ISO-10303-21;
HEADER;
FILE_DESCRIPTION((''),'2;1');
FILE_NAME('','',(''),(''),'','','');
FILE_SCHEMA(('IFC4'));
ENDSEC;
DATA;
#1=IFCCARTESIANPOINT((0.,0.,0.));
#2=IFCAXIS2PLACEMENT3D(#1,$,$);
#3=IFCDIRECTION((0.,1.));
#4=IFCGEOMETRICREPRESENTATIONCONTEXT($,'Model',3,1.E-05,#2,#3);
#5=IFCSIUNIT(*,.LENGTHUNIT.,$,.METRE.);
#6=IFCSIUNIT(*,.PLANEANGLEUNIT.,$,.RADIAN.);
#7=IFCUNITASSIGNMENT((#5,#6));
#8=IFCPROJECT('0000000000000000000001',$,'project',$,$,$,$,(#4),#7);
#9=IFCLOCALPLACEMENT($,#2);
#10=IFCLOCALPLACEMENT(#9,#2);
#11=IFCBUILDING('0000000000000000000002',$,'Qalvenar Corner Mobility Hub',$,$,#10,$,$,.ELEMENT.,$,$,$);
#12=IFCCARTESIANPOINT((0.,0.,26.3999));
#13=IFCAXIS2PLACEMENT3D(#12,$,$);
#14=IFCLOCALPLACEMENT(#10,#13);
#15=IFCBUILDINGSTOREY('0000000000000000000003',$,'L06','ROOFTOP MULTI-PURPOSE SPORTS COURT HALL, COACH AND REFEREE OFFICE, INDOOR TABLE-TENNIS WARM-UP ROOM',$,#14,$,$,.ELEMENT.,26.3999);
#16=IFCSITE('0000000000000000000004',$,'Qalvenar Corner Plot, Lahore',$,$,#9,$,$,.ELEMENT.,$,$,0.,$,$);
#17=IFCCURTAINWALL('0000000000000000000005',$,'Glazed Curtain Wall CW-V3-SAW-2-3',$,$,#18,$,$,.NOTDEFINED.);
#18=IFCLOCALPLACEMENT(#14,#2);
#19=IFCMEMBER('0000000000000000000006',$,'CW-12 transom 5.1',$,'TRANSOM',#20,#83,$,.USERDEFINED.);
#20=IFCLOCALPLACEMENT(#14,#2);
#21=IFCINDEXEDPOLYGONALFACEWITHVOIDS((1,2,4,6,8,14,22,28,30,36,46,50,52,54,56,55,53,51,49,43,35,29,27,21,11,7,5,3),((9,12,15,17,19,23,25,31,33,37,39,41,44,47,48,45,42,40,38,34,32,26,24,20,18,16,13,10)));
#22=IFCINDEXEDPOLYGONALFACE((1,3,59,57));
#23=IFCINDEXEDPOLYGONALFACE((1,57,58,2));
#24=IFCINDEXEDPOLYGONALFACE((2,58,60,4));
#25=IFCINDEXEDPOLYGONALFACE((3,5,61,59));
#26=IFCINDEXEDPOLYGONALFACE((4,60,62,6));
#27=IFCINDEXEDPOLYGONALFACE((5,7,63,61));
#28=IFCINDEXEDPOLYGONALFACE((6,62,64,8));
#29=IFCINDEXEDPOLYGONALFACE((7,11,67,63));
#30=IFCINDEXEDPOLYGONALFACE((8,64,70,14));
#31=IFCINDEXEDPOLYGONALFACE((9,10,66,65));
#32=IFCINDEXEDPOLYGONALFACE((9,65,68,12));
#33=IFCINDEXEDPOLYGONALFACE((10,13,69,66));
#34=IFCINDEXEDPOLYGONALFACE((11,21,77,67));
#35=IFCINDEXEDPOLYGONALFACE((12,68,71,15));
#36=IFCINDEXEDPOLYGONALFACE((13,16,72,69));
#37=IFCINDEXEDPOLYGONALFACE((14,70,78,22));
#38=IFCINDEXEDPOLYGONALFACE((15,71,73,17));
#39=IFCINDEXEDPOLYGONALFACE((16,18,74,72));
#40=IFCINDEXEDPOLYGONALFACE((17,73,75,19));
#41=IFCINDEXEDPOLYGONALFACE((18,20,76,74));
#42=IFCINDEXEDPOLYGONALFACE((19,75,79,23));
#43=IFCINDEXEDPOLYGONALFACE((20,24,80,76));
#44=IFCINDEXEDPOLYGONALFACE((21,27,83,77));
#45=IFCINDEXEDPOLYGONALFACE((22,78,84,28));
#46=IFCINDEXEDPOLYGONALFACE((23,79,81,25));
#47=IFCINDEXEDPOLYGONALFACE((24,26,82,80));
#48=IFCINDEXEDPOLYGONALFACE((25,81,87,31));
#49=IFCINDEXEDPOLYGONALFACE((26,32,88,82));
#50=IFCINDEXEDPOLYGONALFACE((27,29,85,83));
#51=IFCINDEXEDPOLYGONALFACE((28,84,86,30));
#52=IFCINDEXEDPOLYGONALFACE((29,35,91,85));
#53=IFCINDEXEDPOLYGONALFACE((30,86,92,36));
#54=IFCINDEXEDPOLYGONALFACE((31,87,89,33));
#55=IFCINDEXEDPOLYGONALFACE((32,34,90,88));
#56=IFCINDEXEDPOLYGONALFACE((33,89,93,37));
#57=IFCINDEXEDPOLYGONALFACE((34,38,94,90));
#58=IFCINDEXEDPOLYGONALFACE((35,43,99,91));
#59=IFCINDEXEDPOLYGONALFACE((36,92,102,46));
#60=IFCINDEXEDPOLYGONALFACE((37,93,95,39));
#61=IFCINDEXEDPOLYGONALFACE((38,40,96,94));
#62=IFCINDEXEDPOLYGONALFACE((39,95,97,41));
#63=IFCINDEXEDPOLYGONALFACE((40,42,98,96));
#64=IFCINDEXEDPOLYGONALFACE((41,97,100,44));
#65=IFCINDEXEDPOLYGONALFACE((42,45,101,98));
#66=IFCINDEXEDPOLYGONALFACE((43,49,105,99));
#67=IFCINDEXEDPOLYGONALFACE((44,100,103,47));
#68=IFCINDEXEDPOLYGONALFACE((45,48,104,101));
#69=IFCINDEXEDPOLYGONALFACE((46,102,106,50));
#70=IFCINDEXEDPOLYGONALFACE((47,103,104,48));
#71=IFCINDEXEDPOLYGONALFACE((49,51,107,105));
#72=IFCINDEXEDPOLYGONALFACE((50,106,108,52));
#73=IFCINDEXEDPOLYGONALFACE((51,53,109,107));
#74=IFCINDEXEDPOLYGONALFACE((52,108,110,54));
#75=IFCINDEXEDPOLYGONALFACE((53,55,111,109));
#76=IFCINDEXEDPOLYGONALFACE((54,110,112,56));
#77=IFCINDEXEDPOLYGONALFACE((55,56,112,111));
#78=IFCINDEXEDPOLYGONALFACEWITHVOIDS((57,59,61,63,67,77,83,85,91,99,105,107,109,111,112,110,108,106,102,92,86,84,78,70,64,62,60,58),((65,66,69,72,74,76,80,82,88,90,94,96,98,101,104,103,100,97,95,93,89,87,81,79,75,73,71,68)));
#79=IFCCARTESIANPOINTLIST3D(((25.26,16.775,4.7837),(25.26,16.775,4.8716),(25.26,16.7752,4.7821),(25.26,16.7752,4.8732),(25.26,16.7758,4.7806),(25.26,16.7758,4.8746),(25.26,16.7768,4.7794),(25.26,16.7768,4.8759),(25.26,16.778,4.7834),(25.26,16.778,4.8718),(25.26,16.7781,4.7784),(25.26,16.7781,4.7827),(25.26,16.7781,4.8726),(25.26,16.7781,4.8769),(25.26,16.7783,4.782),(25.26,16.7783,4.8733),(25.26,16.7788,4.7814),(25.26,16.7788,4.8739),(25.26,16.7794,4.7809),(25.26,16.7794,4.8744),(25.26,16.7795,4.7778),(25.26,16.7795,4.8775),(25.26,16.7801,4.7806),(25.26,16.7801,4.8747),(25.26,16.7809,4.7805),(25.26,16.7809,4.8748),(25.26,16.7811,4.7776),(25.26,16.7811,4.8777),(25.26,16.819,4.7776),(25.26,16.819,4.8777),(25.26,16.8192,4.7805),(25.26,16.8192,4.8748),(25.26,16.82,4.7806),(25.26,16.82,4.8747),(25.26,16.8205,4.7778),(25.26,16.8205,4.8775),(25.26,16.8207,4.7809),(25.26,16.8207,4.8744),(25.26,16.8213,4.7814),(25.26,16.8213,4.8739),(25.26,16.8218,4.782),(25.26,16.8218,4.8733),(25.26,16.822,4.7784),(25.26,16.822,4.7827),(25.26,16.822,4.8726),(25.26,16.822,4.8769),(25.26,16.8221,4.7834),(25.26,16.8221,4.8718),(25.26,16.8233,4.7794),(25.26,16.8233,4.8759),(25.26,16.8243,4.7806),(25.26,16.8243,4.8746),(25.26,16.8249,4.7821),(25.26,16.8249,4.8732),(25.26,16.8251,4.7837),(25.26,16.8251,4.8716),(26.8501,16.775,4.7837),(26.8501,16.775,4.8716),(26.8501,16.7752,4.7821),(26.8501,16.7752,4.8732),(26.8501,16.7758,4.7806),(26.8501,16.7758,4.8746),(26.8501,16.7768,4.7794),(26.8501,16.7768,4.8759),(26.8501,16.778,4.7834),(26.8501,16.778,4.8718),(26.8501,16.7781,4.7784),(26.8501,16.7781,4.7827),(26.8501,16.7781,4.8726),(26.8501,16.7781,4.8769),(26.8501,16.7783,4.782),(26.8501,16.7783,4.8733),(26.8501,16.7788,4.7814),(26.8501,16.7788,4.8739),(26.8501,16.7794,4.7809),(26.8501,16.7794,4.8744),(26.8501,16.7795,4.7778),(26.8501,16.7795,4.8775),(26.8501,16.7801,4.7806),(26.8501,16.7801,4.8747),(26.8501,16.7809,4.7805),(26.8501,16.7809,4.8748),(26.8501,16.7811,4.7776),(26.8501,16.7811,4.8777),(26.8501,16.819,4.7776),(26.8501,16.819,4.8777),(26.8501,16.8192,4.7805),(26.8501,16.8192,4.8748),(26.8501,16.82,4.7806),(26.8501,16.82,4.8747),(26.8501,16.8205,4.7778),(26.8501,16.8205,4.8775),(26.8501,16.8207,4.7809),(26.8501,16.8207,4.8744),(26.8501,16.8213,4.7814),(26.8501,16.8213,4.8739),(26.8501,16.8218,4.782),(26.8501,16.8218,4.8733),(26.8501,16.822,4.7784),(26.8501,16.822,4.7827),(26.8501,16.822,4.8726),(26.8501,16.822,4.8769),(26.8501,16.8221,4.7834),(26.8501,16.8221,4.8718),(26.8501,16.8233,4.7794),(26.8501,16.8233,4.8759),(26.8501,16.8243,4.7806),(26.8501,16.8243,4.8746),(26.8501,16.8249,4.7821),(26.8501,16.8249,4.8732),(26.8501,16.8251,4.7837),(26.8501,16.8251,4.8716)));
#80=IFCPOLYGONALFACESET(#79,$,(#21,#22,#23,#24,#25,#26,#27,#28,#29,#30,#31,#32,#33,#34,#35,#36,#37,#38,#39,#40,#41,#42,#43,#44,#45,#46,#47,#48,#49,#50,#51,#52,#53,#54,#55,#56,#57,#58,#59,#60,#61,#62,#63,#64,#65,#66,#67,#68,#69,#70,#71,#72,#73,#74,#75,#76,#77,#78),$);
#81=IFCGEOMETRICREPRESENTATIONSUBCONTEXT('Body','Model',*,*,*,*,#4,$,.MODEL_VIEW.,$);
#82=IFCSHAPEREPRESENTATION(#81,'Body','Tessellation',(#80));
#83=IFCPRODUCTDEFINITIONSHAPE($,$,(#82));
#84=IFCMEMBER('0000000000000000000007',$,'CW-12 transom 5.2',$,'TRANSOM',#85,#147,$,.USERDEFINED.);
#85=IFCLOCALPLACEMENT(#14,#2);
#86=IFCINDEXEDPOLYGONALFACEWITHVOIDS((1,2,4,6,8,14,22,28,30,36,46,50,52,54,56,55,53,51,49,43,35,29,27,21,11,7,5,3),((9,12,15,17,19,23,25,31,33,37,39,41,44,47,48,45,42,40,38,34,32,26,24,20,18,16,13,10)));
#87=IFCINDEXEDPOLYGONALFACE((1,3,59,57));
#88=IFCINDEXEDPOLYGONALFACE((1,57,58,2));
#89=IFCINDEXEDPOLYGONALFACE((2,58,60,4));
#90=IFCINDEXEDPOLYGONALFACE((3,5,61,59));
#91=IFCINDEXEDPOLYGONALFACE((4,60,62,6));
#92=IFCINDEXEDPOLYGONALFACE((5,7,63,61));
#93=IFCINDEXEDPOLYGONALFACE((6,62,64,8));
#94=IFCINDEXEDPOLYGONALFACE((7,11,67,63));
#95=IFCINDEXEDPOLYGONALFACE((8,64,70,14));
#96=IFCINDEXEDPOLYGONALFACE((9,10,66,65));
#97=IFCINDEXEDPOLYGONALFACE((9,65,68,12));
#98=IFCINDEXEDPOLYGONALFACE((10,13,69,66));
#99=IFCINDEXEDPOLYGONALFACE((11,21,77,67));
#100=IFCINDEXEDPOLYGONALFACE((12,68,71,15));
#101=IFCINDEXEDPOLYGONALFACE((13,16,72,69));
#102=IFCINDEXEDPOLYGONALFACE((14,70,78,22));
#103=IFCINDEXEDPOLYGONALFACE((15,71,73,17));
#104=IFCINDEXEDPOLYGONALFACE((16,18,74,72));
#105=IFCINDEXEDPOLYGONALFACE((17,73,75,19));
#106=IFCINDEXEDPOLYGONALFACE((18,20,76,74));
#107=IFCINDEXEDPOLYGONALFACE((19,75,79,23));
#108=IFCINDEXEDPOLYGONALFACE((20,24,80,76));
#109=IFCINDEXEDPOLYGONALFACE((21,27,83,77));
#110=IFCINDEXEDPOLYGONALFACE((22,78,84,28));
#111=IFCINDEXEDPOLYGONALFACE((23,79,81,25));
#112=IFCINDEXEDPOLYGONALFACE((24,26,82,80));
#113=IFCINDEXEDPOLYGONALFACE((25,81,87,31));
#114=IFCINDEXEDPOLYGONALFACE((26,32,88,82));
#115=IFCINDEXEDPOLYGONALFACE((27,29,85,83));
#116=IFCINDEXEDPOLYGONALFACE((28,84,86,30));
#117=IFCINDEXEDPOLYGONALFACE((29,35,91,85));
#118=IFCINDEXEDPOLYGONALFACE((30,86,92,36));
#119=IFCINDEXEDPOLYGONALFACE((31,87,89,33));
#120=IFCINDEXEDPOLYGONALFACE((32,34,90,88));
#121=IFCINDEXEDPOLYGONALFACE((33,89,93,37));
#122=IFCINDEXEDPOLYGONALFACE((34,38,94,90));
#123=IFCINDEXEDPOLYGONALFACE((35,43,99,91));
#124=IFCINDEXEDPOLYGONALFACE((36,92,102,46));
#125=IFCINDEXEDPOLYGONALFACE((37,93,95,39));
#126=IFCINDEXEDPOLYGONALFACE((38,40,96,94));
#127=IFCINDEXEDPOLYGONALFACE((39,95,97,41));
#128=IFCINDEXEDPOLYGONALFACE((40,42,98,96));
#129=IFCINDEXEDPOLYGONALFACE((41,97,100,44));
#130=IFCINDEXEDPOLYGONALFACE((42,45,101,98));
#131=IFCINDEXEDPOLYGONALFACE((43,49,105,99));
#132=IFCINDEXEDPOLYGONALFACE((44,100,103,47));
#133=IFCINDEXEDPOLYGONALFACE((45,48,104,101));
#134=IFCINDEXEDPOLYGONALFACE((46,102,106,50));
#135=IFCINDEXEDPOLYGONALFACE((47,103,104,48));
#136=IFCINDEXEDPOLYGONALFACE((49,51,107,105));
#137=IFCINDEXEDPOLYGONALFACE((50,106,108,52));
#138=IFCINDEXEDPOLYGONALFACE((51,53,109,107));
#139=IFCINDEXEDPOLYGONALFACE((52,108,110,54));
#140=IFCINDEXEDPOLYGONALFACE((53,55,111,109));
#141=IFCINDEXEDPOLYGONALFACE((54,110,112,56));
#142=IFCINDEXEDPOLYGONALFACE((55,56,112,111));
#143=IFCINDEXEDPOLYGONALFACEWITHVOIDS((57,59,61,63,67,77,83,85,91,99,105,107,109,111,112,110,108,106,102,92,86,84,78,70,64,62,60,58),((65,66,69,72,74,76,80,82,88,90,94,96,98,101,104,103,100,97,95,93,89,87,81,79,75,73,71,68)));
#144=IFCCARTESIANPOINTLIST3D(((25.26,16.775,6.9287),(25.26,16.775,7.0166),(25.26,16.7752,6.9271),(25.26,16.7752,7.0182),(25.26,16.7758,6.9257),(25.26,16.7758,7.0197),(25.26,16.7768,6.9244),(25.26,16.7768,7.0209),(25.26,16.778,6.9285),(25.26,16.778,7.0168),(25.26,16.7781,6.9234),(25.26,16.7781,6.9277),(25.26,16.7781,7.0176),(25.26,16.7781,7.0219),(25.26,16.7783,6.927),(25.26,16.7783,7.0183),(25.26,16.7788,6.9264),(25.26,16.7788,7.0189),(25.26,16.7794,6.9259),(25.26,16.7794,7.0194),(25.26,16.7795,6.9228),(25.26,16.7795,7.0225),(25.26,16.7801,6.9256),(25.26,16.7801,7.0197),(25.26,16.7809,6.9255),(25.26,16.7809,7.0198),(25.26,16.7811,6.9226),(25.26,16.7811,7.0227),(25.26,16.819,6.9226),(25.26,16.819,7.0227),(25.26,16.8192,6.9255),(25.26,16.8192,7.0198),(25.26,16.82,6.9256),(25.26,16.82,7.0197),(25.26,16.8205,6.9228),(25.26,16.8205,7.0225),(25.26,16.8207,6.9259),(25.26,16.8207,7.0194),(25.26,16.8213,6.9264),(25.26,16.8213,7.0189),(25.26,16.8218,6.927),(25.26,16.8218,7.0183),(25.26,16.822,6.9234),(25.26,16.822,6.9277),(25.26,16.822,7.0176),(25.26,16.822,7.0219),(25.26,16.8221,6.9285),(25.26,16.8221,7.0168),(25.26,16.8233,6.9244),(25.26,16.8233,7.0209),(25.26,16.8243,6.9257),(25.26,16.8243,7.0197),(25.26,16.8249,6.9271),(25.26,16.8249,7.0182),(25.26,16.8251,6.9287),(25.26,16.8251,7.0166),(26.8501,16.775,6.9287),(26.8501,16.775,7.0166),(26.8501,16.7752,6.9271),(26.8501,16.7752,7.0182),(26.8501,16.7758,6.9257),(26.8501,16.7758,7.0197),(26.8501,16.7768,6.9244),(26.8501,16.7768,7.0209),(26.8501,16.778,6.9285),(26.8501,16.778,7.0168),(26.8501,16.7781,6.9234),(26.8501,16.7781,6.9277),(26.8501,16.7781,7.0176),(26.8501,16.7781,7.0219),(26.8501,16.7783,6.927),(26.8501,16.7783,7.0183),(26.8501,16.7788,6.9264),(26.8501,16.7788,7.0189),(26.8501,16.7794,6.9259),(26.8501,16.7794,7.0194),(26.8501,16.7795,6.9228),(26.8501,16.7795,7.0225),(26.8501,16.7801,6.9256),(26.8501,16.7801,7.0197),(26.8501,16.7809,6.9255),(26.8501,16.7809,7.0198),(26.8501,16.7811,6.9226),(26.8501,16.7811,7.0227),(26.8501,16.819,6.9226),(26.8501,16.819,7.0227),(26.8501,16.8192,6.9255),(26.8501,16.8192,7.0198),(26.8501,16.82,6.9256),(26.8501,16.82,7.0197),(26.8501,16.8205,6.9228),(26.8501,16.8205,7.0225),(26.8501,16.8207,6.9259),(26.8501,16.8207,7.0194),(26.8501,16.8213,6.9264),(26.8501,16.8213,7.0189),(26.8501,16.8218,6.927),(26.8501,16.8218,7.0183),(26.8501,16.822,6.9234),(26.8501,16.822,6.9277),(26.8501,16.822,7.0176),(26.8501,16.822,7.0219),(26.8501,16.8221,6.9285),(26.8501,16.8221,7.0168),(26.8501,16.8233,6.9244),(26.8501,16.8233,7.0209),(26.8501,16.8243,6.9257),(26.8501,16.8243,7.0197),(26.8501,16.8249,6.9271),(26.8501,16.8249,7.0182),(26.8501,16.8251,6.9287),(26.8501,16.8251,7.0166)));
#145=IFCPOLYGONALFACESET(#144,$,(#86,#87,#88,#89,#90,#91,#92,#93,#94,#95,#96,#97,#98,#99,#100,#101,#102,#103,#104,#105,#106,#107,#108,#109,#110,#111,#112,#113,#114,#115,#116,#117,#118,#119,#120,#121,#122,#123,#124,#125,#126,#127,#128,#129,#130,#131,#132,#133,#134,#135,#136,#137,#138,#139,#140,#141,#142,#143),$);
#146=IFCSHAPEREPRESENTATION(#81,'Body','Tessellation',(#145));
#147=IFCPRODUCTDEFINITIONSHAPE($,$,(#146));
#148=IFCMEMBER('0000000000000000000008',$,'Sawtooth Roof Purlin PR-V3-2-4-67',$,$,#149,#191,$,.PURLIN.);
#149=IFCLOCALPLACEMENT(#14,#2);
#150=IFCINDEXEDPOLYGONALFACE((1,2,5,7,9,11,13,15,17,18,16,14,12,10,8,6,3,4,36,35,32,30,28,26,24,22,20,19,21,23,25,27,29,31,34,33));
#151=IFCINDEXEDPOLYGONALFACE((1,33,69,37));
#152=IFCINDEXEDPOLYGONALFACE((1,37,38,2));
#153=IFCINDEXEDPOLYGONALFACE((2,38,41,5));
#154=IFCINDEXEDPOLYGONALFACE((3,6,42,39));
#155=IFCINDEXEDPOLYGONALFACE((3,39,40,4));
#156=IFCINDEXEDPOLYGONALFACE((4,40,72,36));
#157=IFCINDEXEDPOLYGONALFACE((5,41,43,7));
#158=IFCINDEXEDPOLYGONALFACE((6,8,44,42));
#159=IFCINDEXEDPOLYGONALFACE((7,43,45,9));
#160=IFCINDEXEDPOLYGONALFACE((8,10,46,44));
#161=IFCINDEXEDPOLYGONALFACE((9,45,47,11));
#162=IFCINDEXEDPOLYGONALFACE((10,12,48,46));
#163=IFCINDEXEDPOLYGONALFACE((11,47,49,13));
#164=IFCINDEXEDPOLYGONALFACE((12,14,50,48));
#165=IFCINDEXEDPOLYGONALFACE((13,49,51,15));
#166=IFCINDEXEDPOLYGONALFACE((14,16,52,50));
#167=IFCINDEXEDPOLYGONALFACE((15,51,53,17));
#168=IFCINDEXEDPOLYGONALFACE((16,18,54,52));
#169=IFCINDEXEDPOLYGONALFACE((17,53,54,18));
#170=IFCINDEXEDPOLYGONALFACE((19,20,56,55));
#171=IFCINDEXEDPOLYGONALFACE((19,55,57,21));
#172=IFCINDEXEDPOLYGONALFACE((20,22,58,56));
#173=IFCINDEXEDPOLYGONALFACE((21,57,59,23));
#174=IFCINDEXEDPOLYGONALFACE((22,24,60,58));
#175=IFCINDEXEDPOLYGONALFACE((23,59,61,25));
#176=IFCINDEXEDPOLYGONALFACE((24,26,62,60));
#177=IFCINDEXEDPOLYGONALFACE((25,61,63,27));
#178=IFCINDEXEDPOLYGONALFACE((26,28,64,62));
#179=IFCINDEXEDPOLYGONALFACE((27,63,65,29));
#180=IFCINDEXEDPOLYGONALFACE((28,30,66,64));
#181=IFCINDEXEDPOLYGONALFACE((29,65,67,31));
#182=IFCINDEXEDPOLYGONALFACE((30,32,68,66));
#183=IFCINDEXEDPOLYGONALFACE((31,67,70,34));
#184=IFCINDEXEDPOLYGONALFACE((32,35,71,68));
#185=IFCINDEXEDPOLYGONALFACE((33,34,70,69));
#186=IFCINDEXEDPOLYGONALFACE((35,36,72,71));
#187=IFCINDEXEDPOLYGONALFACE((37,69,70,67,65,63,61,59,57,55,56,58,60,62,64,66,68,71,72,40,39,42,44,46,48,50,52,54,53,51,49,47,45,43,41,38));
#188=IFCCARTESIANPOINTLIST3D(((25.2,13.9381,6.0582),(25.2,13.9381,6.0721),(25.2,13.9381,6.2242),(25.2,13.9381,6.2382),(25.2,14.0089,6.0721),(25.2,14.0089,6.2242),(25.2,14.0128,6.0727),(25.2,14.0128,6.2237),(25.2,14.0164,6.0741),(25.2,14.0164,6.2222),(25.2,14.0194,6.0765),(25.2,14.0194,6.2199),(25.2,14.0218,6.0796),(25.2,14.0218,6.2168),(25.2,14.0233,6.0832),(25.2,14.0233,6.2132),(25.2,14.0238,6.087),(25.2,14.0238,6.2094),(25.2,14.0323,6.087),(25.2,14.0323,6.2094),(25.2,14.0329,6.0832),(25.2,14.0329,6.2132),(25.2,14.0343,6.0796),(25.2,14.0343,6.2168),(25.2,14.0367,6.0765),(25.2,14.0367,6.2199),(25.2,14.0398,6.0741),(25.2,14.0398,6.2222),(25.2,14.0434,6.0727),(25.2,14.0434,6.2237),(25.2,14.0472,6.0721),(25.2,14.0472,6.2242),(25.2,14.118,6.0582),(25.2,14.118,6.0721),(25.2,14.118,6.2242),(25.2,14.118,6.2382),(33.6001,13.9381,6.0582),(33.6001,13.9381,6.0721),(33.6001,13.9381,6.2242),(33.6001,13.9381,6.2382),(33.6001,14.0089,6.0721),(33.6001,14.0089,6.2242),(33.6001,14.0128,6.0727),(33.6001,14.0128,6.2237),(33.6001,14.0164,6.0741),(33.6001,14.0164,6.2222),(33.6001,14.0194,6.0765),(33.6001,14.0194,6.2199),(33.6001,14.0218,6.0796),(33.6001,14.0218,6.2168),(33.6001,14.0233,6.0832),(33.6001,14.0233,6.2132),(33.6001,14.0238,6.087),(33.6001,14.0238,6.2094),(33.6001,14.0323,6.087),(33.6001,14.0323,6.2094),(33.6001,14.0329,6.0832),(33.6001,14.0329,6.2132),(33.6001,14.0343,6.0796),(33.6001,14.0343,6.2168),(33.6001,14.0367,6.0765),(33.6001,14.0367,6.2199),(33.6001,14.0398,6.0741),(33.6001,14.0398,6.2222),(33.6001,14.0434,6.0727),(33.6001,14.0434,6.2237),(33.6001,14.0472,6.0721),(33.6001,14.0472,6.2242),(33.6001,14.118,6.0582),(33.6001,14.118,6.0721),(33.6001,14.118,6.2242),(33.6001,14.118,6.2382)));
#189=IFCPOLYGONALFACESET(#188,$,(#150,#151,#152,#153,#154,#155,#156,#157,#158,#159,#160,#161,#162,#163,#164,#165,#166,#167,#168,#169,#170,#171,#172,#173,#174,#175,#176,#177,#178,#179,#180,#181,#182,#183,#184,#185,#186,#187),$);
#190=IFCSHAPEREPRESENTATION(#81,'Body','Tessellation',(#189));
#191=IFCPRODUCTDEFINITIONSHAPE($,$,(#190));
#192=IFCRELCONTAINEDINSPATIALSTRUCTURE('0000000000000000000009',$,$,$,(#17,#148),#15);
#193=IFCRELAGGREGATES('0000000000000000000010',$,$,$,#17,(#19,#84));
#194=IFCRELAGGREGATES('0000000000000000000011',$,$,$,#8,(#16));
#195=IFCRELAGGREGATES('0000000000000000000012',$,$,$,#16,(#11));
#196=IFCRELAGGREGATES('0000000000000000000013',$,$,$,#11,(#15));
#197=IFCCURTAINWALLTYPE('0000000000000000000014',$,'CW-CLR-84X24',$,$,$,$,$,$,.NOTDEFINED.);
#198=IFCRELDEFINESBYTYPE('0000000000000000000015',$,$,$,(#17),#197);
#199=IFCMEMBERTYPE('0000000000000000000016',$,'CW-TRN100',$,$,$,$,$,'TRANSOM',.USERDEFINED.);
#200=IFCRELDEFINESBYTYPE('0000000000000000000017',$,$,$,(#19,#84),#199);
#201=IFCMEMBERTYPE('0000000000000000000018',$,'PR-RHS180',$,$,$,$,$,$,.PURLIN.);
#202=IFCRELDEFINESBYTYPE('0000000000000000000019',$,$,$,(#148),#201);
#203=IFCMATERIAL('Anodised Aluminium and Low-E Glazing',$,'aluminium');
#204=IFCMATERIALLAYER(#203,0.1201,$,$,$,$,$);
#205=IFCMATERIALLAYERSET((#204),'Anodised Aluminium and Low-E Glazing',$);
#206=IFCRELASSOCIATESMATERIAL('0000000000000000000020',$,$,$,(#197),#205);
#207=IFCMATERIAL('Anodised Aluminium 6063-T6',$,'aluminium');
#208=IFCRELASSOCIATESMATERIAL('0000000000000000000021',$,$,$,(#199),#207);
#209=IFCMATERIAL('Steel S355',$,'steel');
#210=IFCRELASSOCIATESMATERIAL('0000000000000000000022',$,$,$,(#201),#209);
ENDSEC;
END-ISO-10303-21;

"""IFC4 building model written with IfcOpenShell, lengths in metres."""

from ifc_helpers import new_model, si_unit, direction, frame, origin, origin_2d, place, context, subcontext, project, spatial, hollow_rectangle, i_section, extrude, material, layer, layer_set, material_profile, profile_set, type_object, element, aggregate, save


model = new_model("IFC4")

# Units and contexts
model_context = context("Model", 3, precision=1e-05, world=origin(), true_north=direction((0.0, 1.0)))
body_context = subcontext(model_context, "Body", "Model", "MODEL_VIEW")
ifc_project = project(units=[si_unit("LENGTHUNIT", "METRE"), si_unit("PLANEANGLEUNIT", "RADIAN")], contexts=[model_context])

# Site, building, storey
site_placement = place(None, origin())
site = spatial("IfcSite", under=ifc_project, at=site_placement, Name="Qalvenar Corner Plot, Lahore", CompositionType="ELEMENT", RefElevation=0.0)
building_placement = place(site_placement, origin())
building = spatial("IfcBuilding", under=site, at=building_placement, Name="Qalvenar Corner Mobility Hub", CompositionType="ELEMENT")
storey_placement = place(building_placement, frame((0.0, 0.0, 26.3999)))
storey = spatial("IfcBuildingStorey", under=building, at=storey_placement, Name="L06", Description="ROOFTOP MULTI-PURPOSE SPORTS COURT HALL, COACH AND REFEREE OFFICE, INDOOR TABLE-TENNIS WARM-UP ROOM", CompositionType="ELEMENT", Elevation=26.3999)

# Shared definitions
ifc_material_1 = material(Name="Steel S355", Category="steel")

# Curtain wall
ifc_material_2 = material(Name="Anodised Aluminium and Low-E Glazing", Category="aluminium")
ifc_layer_1 = layer(ifc_material_2, 0.1201)
ifc_layer_set_1 = layer_set([ifc_layer_1], Name="Anodised Aluminium and Low-E Glazing")
curtain_wall_type = type_object("IfcCurtainWallType", Name="CW-CLR-84X24", PredefinedType="NOTDEFINED", material=ifc_layer_set_1)
ifc_material_3 = material(Name="Anodised Aluminium 6063-T6", Category="aluminium")
curtain_wall_1_placement = place(storey_placement, origin())
curtain_wall_1 = element("IfcCurtainWall", 1, at=curtain_wall_1_placement, inside=storey, type_object=curtain_wall_type, Name="Glazed Curtain Wall CW-V3-SAW-2-3", PredefinedType="NOTDEFINED")

# Shared definitions
ifc_material_profile_1 = material_profile(ifc_material_3, hollow_rectangle(XDim=0.05, YDim=0.1001, WallThickness=0.0029, InnerFilletRadius=0.0029, OuterFilletRadius=0.0061, at=origin_2d()), Name="RHS100x50x3")
ifc_profile_set_1 = profile_set([ifc_material_profile_1], Name="Anodised Aluminium 6063-T6")
member_type_1 = type_object("IfcMemberType", Name="CW-TRN100", ElementType="TRANSOM", PredefinedType="USERDEFINED", material=ifc_profile_set_1)

# Members
member_1_placement = place(storey_placement, frame((26.8501, 16.8, 4.8276), z_axis=(-1.0, 0.0, 0.0), x_axis=(0.0, -1.0, 0.0)))
member_1 = element("IfcMember", 2, at=member_1_placement, type_object=member_type_1, Name="CW-12 transom 5.1", ObjectType="TRANSOM", PredefinedType="USERDEFINED", context=body_context, shape_type="SweptSolid", body=[
    extrude(hollow_rectangle(XDim=0.05, YDim=0.1001, WallThickness=0.0029, InnerFilletRadius=0.0029, OuterFilletRadius=0.0061, at=origin_2d()), origin(), (0.0, 0.0, 1.0), 1.5901),
])
member_2_placement = place(storey_placement, frame((26.8501, 16.8, 6.9727), z_axis=(-1.0, 0.0, 0.0), x_axis=(0.0, -1.0, 0.0)))
member_2 = element("IfcMember", 3, at=member_2_placement, type_object=member_type_1, Name="CW-12 transom 5.2", ObjectType="TRANSOM", PredefinedType="USERDEFINED", context=body_context, shape_type="SweptSolid", body=[
    extrude(hollow_rectangle(XDim=0.05, YDim=0.1001, WallThickness=0.0029, InnerFilletRadius=0.0029, OuterFilletRadius=0.0061, at=origin_2d()), origin(), (0.0, 0.0, 1.0), 1.5901),
])

# Member
ifc_material_profile_2 = material_profile(ifc_material_1, i_section(OverallWidth=0.1799, OverallDepth=0.1799, WebThickness=0.0085, FlangeThickness=0.0139, FilletRadius=0.0149, at=origin_2d()), Name="HEB180")
ifc_profile_set_2 = profile_set([ifc_material_profile_2], Name="Steel S355")
member_type_2 = type_object("IfcMemberType", Name="PR-RHS180", PredefinedType="PURLIN", material=ifc_profile_set_2)
member_3_placement = place(storey_placement, frame((25.2, 14.0281, 6.1482), z_axis=(1.0, 0.0, 0.0), x_axis=(0.0, 1.0, 0.0)))
element("IfcMember", 4, at=member_3_placement, inside=storey, type_object=member_type_2, Name="Sawtooth Roof Purlin PR-V3-2-4-67", PredefinedType="PURLIN", context=body_context, shape_type="SweptSolid", body=[
    extrude(i_section(OverallWidth=0.1799, OverallDepth=0.1799, WebThickness=0.0085, FlangeThickness=0.0139, FilletRadius=0.0149, at=origin_2d()), origin(), (0.0, 0.0, 1.0), 8.4001),
])

aggregate(curtain_wall_1, [member_1, member_2])

save(model, "model.ifc")
